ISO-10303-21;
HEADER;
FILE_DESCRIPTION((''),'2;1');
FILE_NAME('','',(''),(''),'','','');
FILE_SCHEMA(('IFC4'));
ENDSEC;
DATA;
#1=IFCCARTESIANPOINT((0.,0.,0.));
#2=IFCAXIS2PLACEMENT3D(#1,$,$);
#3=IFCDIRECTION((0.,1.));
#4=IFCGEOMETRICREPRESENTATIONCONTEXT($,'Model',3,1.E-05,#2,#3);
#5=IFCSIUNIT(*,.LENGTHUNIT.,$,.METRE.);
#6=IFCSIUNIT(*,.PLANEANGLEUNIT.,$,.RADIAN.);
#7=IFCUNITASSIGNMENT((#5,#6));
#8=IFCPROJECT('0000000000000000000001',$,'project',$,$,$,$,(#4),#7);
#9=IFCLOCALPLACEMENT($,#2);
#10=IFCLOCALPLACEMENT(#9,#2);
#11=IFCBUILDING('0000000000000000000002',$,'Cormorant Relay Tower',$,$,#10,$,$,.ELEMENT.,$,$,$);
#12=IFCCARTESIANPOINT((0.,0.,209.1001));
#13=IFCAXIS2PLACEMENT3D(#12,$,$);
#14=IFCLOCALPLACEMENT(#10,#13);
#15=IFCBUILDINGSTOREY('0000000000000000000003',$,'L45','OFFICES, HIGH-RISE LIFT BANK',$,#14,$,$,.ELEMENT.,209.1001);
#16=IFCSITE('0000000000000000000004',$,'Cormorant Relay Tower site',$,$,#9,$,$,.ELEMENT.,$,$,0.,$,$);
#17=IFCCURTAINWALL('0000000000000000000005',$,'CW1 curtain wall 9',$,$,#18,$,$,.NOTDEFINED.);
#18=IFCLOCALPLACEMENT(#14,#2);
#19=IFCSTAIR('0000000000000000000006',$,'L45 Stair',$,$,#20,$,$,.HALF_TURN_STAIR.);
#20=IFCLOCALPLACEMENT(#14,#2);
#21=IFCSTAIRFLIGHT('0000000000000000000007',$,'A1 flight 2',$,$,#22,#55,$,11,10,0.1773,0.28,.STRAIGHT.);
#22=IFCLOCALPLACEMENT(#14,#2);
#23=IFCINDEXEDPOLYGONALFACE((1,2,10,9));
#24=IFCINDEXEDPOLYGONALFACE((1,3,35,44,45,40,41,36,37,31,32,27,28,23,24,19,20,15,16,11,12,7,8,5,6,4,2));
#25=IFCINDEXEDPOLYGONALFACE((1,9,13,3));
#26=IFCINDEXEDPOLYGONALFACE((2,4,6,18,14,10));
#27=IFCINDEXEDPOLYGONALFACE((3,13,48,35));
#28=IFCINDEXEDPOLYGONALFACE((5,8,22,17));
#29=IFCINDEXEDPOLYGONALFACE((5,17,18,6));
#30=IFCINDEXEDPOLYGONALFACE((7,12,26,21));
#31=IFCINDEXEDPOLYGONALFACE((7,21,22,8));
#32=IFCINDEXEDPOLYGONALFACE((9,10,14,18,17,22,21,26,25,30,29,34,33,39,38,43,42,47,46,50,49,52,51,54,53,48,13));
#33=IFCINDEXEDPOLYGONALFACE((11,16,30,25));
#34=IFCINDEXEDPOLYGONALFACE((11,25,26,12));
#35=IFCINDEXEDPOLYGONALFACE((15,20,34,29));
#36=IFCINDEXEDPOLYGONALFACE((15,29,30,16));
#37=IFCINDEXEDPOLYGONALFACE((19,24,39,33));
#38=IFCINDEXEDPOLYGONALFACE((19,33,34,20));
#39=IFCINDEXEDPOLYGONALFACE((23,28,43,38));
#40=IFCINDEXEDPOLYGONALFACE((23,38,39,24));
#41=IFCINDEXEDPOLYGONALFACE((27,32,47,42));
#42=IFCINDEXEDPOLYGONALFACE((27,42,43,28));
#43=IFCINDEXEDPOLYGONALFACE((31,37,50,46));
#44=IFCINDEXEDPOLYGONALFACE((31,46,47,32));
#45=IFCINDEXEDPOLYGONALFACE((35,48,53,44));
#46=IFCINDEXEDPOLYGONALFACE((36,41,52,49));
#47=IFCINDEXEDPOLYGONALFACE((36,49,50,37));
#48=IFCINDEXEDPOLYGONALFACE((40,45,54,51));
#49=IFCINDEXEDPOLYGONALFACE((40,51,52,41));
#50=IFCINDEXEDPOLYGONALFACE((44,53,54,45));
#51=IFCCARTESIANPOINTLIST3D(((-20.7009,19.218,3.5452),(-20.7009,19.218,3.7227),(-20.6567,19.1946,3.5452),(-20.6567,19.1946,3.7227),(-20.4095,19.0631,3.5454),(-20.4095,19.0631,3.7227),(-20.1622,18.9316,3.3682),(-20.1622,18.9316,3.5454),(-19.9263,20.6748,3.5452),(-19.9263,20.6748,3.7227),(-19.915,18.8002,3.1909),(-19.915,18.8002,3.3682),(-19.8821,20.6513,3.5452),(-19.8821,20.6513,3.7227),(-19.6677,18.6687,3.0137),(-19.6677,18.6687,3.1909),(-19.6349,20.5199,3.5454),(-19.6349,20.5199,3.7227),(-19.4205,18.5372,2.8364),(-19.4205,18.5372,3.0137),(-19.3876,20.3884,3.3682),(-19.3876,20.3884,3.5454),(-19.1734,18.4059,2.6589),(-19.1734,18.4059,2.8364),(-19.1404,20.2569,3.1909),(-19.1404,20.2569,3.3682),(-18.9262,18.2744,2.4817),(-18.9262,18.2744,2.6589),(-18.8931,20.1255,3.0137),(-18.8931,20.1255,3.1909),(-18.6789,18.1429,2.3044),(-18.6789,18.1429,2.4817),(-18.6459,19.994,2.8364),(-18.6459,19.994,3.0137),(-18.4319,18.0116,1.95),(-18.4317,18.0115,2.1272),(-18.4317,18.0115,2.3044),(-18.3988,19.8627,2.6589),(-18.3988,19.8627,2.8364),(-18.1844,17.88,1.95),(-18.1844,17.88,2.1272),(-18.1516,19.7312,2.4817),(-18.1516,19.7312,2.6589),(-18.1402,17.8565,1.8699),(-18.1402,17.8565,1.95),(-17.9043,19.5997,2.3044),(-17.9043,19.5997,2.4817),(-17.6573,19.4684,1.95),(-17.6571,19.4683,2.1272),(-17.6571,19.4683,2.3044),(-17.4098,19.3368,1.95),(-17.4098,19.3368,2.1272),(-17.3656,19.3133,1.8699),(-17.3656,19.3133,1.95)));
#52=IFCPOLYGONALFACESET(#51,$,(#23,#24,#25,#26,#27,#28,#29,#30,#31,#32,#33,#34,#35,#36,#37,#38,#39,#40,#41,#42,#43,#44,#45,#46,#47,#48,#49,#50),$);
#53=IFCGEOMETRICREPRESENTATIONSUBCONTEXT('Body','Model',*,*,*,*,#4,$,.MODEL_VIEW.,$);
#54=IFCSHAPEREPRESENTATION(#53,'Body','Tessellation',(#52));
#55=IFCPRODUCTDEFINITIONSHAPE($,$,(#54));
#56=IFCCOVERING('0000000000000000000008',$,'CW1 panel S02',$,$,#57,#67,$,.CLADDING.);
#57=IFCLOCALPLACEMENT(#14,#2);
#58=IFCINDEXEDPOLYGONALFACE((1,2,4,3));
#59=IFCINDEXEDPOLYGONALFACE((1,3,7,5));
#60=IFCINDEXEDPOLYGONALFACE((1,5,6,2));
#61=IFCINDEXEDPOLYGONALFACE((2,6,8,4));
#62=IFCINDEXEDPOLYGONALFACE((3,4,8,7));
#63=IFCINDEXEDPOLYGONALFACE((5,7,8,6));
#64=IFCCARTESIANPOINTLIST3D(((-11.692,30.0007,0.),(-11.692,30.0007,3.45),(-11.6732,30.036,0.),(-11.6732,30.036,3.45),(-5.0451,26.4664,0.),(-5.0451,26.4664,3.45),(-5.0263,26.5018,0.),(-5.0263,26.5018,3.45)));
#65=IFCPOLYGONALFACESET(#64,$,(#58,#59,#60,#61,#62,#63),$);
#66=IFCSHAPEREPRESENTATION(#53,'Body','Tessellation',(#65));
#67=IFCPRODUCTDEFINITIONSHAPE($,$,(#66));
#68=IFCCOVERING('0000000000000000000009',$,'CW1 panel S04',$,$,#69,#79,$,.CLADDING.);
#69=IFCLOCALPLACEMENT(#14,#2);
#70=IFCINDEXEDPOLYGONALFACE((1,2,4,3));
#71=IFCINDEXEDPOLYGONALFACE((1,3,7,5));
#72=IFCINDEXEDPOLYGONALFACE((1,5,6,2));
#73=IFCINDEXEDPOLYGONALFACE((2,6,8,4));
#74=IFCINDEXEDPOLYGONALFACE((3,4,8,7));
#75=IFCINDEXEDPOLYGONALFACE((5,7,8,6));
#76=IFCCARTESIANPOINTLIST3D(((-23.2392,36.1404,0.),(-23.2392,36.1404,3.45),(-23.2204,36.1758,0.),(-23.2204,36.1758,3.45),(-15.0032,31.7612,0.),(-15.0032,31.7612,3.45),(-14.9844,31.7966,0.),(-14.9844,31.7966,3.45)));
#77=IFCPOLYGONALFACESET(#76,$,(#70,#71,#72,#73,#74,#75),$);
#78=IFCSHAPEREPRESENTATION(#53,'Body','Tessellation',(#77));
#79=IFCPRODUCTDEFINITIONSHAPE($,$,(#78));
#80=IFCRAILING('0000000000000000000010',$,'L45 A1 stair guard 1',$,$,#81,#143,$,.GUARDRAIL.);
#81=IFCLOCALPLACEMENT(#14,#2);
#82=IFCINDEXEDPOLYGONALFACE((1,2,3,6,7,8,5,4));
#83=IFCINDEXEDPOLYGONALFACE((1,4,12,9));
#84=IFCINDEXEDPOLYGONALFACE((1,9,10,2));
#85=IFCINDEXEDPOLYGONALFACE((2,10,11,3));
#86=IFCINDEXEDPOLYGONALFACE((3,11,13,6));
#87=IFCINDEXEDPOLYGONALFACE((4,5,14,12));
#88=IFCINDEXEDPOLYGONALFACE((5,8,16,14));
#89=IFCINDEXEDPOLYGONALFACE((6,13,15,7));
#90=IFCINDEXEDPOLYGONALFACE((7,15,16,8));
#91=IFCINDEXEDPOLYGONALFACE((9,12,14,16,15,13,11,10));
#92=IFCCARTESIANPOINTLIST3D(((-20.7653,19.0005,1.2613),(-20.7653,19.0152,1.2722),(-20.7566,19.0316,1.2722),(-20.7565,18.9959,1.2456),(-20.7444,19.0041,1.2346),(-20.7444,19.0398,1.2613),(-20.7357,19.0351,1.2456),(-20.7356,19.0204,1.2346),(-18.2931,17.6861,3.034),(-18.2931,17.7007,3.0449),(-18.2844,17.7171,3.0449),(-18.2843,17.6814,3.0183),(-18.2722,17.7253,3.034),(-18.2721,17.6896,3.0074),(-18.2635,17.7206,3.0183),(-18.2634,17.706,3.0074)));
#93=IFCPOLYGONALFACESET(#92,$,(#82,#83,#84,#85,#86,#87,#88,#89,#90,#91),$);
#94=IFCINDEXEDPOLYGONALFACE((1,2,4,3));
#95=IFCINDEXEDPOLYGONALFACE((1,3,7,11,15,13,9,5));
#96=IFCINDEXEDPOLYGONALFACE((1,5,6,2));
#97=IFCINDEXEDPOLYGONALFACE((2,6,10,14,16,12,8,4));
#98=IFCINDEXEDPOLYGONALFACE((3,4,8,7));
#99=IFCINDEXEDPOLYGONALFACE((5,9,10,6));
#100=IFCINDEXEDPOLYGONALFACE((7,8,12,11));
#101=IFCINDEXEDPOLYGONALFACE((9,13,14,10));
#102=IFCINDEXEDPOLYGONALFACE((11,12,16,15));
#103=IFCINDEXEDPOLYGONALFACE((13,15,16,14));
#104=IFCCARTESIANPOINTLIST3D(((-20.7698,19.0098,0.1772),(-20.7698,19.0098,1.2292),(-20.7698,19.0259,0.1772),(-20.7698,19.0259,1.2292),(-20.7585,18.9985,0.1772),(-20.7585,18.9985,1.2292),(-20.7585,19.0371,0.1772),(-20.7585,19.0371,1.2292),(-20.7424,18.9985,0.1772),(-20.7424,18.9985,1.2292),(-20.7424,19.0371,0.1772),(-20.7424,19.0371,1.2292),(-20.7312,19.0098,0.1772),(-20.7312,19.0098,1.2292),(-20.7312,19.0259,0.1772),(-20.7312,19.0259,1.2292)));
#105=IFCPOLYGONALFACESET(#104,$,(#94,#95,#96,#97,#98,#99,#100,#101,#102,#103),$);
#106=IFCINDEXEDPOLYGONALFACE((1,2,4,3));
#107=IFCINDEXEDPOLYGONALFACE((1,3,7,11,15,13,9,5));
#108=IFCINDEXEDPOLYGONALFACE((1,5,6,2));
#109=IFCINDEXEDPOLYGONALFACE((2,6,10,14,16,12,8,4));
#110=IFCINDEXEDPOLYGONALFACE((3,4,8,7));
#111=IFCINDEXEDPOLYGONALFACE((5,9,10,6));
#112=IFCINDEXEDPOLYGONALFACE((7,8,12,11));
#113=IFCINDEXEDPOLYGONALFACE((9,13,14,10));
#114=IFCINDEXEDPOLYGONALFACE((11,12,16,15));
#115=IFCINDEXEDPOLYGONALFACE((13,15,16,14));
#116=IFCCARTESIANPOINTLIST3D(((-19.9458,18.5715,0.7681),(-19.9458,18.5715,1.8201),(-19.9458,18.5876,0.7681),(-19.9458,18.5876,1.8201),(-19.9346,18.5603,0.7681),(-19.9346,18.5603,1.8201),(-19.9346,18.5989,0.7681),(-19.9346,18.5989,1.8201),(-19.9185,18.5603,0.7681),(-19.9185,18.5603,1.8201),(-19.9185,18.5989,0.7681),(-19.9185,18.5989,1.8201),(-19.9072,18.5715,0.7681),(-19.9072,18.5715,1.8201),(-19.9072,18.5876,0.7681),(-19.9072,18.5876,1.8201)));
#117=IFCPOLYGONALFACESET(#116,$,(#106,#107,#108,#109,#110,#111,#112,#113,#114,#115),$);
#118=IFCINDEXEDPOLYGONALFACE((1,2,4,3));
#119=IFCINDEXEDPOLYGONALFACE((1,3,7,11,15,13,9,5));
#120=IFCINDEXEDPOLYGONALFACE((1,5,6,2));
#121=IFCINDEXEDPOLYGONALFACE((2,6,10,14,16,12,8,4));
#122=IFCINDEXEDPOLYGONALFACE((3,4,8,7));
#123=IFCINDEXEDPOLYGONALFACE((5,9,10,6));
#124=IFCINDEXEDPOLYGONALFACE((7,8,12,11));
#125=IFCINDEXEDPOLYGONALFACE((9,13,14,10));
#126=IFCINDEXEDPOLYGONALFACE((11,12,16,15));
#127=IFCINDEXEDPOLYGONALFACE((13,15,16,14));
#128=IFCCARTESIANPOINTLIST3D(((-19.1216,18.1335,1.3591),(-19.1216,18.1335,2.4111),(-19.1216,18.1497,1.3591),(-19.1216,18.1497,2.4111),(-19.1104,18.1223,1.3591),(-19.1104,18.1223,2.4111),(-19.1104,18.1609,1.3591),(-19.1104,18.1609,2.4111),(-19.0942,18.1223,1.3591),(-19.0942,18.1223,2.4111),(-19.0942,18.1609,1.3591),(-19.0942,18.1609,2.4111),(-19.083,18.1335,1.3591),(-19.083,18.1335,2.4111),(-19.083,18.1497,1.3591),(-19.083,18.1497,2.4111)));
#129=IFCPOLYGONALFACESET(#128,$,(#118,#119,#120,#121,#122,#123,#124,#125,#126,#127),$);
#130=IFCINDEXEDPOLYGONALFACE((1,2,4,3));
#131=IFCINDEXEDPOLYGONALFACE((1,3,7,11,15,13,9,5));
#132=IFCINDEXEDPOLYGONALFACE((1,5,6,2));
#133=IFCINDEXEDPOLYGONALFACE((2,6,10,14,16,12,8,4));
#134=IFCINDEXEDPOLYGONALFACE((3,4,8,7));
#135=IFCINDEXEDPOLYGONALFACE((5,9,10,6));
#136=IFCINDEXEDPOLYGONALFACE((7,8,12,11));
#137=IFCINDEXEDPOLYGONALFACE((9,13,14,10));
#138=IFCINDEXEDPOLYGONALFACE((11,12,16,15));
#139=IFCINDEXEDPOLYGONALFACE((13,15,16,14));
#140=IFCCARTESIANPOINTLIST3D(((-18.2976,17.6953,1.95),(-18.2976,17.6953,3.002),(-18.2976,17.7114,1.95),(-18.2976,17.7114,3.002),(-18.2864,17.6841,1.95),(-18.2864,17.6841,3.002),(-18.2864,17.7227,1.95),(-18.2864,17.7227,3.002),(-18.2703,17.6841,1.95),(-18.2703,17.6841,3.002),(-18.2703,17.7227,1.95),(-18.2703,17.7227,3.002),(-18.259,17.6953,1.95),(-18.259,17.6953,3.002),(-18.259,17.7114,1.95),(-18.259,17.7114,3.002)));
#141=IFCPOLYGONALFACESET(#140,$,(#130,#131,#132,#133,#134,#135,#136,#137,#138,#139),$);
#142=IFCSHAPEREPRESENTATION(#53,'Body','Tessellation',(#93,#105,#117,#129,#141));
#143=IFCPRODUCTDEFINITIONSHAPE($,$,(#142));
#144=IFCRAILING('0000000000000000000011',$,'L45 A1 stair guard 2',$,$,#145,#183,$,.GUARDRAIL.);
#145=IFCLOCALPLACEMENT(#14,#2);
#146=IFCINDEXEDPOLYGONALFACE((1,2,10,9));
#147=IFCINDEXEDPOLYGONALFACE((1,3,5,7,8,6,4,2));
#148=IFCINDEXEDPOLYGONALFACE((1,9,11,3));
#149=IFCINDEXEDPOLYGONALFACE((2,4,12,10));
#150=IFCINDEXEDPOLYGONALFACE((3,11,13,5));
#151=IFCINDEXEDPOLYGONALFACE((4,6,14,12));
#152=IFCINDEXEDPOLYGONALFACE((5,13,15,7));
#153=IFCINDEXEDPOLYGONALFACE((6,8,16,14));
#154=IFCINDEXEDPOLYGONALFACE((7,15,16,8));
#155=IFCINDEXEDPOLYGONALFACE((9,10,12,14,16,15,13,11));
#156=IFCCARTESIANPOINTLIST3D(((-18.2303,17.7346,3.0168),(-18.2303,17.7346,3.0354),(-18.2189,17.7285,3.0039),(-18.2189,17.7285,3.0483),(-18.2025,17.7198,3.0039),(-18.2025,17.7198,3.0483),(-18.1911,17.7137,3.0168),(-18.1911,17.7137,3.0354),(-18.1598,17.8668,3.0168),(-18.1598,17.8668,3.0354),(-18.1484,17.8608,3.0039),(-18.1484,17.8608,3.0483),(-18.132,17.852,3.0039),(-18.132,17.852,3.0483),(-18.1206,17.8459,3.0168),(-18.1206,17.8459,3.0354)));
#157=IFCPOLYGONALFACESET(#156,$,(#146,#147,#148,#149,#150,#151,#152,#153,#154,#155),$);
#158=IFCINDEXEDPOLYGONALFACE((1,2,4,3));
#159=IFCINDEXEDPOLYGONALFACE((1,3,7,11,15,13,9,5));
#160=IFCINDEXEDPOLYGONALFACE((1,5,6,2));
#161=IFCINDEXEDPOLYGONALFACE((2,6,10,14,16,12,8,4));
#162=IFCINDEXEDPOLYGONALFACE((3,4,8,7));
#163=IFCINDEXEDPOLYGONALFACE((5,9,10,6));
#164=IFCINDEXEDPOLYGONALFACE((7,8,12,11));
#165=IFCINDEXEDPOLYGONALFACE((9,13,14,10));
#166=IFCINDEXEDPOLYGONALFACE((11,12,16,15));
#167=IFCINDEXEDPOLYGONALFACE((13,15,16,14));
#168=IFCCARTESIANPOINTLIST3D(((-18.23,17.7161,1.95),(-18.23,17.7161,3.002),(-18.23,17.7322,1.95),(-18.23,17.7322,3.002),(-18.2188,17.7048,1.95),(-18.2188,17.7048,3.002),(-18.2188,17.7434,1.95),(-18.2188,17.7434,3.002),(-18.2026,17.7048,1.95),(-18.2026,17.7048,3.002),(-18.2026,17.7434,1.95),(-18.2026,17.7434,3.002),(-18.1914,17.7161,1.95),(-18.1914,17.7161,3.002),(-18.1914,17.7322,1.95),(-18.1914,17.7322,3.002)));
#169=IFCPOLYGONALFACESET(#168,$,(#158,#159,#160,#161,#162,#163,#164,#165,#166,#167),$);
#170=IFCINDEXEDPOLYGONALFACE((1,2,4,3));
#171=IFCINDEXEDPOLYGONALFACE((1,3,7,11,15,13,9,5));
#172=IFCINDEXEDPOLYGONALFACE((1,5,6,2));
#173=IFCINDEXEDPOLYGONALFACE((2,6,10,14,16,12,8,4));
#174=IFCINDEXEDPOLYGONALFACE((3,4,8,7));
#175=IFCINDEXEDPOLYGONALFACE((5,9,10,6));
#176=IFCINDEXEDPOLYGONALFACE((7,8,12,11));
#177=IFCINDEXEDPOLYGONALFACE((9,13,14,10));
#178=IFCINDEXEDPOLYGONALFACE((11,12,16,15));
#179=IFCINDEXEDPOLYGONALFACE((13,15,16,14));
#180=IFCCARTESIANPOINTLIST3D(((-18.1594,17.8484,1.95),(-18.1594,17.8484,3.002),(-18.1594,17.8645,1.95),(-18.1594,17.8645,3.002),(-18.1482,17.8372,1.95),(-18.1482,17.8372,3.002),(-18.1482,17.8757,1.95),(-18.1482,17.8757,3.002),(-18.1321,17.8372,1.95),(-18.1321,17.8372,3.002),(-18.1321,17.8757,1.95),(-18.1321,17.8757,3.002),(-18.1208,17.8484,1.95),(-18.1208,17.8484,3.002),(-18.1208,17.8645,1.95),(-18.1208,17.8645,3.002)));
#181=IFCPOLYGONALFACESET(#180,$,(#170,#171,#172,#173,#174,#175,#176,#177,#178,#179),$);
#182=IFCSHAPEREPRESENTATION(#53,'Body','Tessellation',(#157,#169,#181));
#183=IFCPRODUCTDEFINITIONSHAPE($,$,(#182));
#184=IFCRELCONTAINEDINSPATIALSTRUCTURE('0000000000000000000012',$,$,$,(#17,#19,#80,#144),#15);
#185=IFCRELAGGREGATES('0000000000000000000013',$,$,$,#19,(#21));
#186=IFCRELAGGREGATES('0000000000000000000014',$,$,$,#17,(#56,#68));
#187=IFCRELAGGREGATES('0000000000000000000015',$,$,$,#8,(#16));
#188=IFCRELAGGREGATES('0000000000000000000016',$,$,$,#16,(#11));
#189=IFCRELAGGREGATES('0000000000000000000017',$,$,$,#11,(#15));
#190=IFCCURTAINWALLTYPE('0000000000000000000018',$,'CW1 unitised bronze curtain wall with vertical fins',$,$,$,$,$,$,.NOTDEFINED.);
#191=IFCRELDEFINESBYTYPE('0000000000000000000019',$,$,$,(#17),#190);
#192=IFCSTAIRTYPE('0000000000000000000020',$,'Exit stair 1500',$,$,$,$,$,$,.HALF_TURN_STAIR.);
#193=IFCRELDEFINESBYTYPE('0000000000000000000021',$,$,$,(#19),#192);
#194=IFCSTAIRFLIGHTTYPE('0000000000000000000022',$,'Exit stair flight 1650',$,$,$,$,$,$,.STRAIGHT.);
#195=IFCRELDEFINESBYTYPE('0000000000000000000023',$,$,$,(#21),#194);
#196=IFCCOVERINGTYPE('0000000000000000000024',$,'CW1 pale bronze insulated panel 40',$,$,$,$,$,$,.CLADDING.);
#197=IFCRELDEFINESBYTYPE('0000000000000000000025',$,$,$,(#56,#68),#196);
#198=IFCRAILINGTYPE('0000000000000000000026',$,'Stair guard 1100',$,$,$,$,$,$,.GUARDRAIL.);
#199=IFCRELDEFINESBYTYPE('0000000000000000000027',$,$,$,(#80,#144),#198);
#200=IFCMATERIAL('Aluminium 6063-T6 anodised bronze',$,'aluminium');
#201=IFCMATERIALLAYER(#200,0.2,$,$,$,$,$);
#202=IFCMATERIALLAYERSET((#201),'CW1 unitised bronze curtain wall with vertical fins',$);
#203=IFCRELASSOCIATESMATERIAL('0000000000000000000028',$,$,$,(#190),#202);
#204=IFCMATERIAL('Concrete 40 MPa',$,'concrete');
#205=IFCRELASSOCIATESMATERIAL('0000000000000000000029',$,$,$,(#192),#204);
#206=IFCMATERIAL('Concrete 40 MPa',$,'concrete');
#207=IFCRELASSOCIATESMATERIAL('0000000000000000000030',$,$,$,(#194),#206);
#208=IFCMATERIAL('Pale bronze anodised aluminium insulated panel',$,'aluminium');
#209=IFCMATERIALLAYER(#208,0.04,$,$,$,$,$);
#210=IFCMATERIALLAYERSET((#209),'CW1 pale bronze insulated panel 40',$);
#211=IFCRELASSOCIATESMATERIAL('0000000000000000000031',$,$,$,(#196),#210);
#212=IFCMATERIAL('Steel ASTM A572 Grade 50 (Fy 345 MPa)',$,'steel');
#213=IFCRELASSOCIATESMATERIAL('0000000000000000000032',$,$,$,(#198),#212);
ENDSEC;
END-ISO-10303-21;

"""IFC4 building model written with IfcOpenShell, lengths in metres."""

from ifc_helpers import new_model, si_unit, direction, frame, origin, origin_2d, place, context, subcontext, project, spatial, polyline, rectangle, outline, extrude, material, layer, layer_set, type_object, element, aggregate, save


model = new_model("IFC4")

# Units and contexts
model_context = context("Model", 3, precision=1e-05, world=origin(), true_north=direction((0.0, 1.0)))
body_context = subcontext(model_context, "Body", "Model", "MODEL_VIEW")
ifc_project = project(units=[si_unit("LENGTHUNIT", "METRE"), si_unit("PLANEANGLEUNIT", "RADIAN")], contexts=[model_context])

# Site, building, storey
site_placement = place(None, origin())
site = spatial("IfcSite", under=ifc_project, at=site_placement, Name="Cormorant Relay Tower site", CompositionType="ELEMENT", RefElevation=0.0)
building_placement = place(site_placement, origin())
building = spatial("IfcBuilding", under=site, at=building_placement, Name="Cormorant Relay Tower", CompositionType="ELEMENT")
storey_placement = place(building_placement, frame((0.0, 0.0, 209.1001)))
storey = spatial("IfcBuildingStorey", under=building, at=storey_placement, Name="L45", Description="OFFICES, HIGH-RISE LIFT BANK", CompositionType="ELEMENT", Elevation=209.1001)

# Curtain wall
ifc_material_1 = material(Name="Aluminium 6063-T6 anodised bronze", Category="aluminium")
ifc_layer_1 = layer(ifc_material_1, 0.2)
ifc_layer_set_1 = layer_set([ifc_layer_1], Name="CW1 unitised bronze curtain wall with vertical fins")
curtain_wall_type = type_object("IfcCurtainWallType", Name="CW1 unitised bronze curtain wall with vertical fins", PredefinedType="NOTDEFINED", material=ifc_layer_set_1)
curtain_wall_placement = place(storey_placement, origin())
curtain_wall = element("IfcCurtainWall", 1, at=curtain_wall_placement, inside=storey, type_object=curtain_wall_type, Name="CW1 curtain wall 9", PredefinedType="NOTDEFINED")

# Stair, stair flight
ifc_material_2 = material(Name="Concrete 40 MPa", Category="concrete")
stair_type = type_object("IfcStairType", Name="Exit stair 1500", PredefinedType="HALF_TURN_STAIR", material=ifc_material_2)
stair_placement = place(storey_placement, origin())
stair = element("IfcStair", 2, at=stair_placement, inside=storey, type_object=stair_type, Name="L45 Stair", PredefinedType="HALF_TURN_STAIR")
ifc_material_3 = material(Name="Concrete 40 MPa", Category="concrete")
stair_flight_type = type_object("IfcStairFlightType", Name="Exit stair flight 1650", PredefinedType="STRAIGHT", material=ifc_material_3)
stair_flight_1_placement = place(storey_placement, frame((-17.7971, 18.6084, 1.95), z_axis=(0.0, 0.0, 1.0), x_axis=(-0.882948, 0.469472, 0.0)))
stair_flight_1 = element("IfcStairFlight", 3, at=stair_flight_1_placement, type_object=stair_flight_type, Name="A1 flight 2", NumberOfRisers=11, NumberOfTreads=10, PredefinedType="STRAIGHT", RiserHeight=0.1773, TreadLength=0.28, context=body_context, shape_type="SweptSolid", body=[
    extrude(outline(polyline([(-0.05, -0.0801), (-0.05, 0.0), (0.0, 0.0), (0.0, 0.1772), (0.28, 0.1772), (0.28, 0.3545), (0.5601, 0.3545), (0.5601, 0.5317), (0.8401, 0.5317), (0.8401, 0.709), (1.1201, 0.709), (1.1201, 0.8865), (1.3999, 0.8865), (1.3999, 1.0637), (1.6799, 1.0637), (1.6799, 1.241), (1.96, 1.241), (1.96, 1.4182), (2.24, 1.4182), (2.24, 1.5955), (2.52, 1.5955), (2.52, 1.7727), (2.8, 1.7727), (2.8501, 1.7727), (2.8501, 1.5952), (2.8, 1.5952), (0.2803, 0.0), (-0.05, -0.0801)])), frame((0.0, 0.825, 0.0), z_axis=(0.0, -1.0, 0.0), x_axis=(1.0, 0.0, 0.0)), (0.0, 0.0, 1.0), 1.6499),
])
aggregate(stair, [stair_flight_1])

# Coverings
ifc_material_4 = material(Name="Pale bronze anodised aluminium insulated panel", Category="aluminium")
ifc_layer_2 = layer(ifc_material_4, 0.04)
ifc_layer_set_2 = layer_set([ifc_layer_2], Name="CW1 pale bronze insulated panel 40")
covering_type = type_object("IfcCoveringType", Name="CW1 pale bronze insulated panel 40", PredefinedType="CLADDING", material=ifc_layer_set_2)
covering_1_placement = place(storey_placement, frame((-8.3591, 28.2512, 0.0), z_axis=(0.0, 0.0, 1.0), x_axis=(-0.882948, 0.469472, 0.0)))
covering_1 = element("IfcCovering", 4, at=covering_1_placement, type_object=covering_type, Name="CW1 panel S02", PredefinedType="CLADDING", context=body_context, shape_type="SweptSolid", body=[
    extrude(rectangle(XDim=7.5281, YDim=0.04, at=origin_2d()), origin(), (0.0, 0.0, 1.0), 3.45),
])
covering_2_placement = place(storey_placement, frame((-19.1118, 33.9685, 0.0), z_axis=(0.0, 0.0, 1.0), x_axis=(-0.882948, 0.469472, 0.0)))
covering_2 = element("IfcCovering", 5, at=covering_2_placement, type_object=covering_type, Name="CW1 panel S04", PredefinedType="CLADDING", context=body_context, shape_type="SweptSolid", body=[
    extrude(rectangle(XDim=9.3279, YDim=0.04, at=origin_2d()), origin(), (0.0, 0.0, 1.0), 3.45),
])
aggregate(curtain_wall, [covering_1, covering_2])

# Railings
ifc_material_5 = material(Name="Steel ASTM A572 Grade 50 (Fy 345 MPa)", Category="steel")
railing_type_1 = type_object("IfcRailingType", Name="Stair guard 1100", PredefinedType="GUARDRAIL", material=ifc_material_5)
railing_1_placement = place(storey_placement, frame((-20.7505, 19.0178, 0.1772)))
element("IfcRailing", 6, at=railing_1_placement, inside=storey, type_object=railing_type_1, Name="L45 A1 stair guard 1", PredefinedType="GUARDRAIL", context=body_context, shape_type="SweptSolid", body=[
    extrude(outline(polyline([(0.0222, 0.0093), (0.0093, 0.0222), (-0.0093, 0.0222), (-0.0222, 0.0093), (-0.0222, -0.0093), (-0.0093, -0.0222), (0.0093, -0.0222), (0.0222, -0.0093), (0.0222, 0.0093)])), frame((0.0, 0.0, 1.0762), z_axis=(0.746001, -0.396649, 0.534931), x_axis=(0.469465, 0.882951, 0.0)), (0.0, 0.0, 1.0), 3.314),
    extrude(outline(polyline([(0.0193, 0.0081), (0.0081, 0.0193), (-0.0081, 0.0193), (-0.0193, 0.0081), (-0.0193, -0.0081), (-0.0081, -0.0193), (0.0081, -0.0193), (0.0193, -0.0081), (0.0193, 0.0081)])), origin(), (0.0, 0.0, 1.0), 1.052),
    extrude(outline(polyline([(0.0193, 0.0081), (0.0081, 0.0193), (-0.0081, 0.0193), (-0.0193, 0.0081), (-0.0193, -0.0081), (-0.0081, -0.0193), (0.0081, -0.0193), (0.0193, -0.0081), (0.0193, 0.0081)])), frame((0.824, -0.4382, 0.5908)), (0.0, 0.0, 1.0), 1.052),
    extrude(outline(polyline([(0.0193, 0.0081), (0.0081, 0.0193), (-0.0081, 0.0193), (-0.0193, 0.0081), (-0.0193, -0.0081), (-0.0081, -0.0193), (0.0081, -0.0193), (0.0193, -0.0081), (0.0193, 0.0081)])), frame((1.6482, -0.8762, 1.1819)), (0.0, 0.0, 1.0), 1.052),
    extrude(outline(polyline([(0.0193, 0.0081), (0.0081, 0.0193), (-0.0081, 0.0193), (-0.0193, 0.0081), (-0.0193, -0.0081), (-0.0081, -0.0193), (0.0081, -0.0193), (0.0193, -0.0081), (0.0193, 0.0081)])), frame((2.4722, -1.3145, 1.7727)), (0.0, 0.0, 1.0), 1.052),
])
railing_2_placement = place(storey_placement, frame((-18.2107, 17.7241, 1.95)))
element("IfcRailing", 7, at=railing_2_placement, inside=storey, type_object=railing_type_1, Name="L45 A1 stair guard 2", PredefinedType="GUARDRAIL", context=body_context, shape_type="SweptSolid", body=[
    extrude(outline(polyline([(0.0222, 0.0093), (0.0093, 0.0222), (-0.0093, 0.0222), (-0.0222, 0.0093), (-0.0222, -0.0093), (-0.0093, -0.0222), (0.0093, -0.0222), (0.0222, -0.0093), (0.0222, 0.0093)])), frame((0.0, 0.0, 1.0762), z_axis=(0.470504, 0.882398, 0.0), x_axis=(-0.882398, 0.470504, 0.0)), (0.0, 0.0, 1.0), 0.1499),
    extrude(outline(polyline([(0.0193, 0.0081), (0.0081, 0.0193), (-0.0081, 0.0193), (-0.0193, 0.0081), (-0.0193, -0.0081), (-0.0081, -0.0193), (0.0081, -0.0193), (0.0193, -0.0081), (0.0193, 0.0081)])), origin(), (0.0, 0.0, 1.0), 1.052),
    extrude(outline(polyline([(0.0193, 0.0081), (0.0081, 0.0193), (-0.0081, 0.0193), (-0.0193, 0.0081), (-0.0193, -0.0081), (-0.0081, -0.0193), (0.0081, -0.0193), (0.0193, -0.0081), (0.0193, 0.0081)])), frame((0.0706, 0.1323, 0.0)), (0.0, 0.0, 1.0), 1.052),
])

save(model, "model.ifc")
